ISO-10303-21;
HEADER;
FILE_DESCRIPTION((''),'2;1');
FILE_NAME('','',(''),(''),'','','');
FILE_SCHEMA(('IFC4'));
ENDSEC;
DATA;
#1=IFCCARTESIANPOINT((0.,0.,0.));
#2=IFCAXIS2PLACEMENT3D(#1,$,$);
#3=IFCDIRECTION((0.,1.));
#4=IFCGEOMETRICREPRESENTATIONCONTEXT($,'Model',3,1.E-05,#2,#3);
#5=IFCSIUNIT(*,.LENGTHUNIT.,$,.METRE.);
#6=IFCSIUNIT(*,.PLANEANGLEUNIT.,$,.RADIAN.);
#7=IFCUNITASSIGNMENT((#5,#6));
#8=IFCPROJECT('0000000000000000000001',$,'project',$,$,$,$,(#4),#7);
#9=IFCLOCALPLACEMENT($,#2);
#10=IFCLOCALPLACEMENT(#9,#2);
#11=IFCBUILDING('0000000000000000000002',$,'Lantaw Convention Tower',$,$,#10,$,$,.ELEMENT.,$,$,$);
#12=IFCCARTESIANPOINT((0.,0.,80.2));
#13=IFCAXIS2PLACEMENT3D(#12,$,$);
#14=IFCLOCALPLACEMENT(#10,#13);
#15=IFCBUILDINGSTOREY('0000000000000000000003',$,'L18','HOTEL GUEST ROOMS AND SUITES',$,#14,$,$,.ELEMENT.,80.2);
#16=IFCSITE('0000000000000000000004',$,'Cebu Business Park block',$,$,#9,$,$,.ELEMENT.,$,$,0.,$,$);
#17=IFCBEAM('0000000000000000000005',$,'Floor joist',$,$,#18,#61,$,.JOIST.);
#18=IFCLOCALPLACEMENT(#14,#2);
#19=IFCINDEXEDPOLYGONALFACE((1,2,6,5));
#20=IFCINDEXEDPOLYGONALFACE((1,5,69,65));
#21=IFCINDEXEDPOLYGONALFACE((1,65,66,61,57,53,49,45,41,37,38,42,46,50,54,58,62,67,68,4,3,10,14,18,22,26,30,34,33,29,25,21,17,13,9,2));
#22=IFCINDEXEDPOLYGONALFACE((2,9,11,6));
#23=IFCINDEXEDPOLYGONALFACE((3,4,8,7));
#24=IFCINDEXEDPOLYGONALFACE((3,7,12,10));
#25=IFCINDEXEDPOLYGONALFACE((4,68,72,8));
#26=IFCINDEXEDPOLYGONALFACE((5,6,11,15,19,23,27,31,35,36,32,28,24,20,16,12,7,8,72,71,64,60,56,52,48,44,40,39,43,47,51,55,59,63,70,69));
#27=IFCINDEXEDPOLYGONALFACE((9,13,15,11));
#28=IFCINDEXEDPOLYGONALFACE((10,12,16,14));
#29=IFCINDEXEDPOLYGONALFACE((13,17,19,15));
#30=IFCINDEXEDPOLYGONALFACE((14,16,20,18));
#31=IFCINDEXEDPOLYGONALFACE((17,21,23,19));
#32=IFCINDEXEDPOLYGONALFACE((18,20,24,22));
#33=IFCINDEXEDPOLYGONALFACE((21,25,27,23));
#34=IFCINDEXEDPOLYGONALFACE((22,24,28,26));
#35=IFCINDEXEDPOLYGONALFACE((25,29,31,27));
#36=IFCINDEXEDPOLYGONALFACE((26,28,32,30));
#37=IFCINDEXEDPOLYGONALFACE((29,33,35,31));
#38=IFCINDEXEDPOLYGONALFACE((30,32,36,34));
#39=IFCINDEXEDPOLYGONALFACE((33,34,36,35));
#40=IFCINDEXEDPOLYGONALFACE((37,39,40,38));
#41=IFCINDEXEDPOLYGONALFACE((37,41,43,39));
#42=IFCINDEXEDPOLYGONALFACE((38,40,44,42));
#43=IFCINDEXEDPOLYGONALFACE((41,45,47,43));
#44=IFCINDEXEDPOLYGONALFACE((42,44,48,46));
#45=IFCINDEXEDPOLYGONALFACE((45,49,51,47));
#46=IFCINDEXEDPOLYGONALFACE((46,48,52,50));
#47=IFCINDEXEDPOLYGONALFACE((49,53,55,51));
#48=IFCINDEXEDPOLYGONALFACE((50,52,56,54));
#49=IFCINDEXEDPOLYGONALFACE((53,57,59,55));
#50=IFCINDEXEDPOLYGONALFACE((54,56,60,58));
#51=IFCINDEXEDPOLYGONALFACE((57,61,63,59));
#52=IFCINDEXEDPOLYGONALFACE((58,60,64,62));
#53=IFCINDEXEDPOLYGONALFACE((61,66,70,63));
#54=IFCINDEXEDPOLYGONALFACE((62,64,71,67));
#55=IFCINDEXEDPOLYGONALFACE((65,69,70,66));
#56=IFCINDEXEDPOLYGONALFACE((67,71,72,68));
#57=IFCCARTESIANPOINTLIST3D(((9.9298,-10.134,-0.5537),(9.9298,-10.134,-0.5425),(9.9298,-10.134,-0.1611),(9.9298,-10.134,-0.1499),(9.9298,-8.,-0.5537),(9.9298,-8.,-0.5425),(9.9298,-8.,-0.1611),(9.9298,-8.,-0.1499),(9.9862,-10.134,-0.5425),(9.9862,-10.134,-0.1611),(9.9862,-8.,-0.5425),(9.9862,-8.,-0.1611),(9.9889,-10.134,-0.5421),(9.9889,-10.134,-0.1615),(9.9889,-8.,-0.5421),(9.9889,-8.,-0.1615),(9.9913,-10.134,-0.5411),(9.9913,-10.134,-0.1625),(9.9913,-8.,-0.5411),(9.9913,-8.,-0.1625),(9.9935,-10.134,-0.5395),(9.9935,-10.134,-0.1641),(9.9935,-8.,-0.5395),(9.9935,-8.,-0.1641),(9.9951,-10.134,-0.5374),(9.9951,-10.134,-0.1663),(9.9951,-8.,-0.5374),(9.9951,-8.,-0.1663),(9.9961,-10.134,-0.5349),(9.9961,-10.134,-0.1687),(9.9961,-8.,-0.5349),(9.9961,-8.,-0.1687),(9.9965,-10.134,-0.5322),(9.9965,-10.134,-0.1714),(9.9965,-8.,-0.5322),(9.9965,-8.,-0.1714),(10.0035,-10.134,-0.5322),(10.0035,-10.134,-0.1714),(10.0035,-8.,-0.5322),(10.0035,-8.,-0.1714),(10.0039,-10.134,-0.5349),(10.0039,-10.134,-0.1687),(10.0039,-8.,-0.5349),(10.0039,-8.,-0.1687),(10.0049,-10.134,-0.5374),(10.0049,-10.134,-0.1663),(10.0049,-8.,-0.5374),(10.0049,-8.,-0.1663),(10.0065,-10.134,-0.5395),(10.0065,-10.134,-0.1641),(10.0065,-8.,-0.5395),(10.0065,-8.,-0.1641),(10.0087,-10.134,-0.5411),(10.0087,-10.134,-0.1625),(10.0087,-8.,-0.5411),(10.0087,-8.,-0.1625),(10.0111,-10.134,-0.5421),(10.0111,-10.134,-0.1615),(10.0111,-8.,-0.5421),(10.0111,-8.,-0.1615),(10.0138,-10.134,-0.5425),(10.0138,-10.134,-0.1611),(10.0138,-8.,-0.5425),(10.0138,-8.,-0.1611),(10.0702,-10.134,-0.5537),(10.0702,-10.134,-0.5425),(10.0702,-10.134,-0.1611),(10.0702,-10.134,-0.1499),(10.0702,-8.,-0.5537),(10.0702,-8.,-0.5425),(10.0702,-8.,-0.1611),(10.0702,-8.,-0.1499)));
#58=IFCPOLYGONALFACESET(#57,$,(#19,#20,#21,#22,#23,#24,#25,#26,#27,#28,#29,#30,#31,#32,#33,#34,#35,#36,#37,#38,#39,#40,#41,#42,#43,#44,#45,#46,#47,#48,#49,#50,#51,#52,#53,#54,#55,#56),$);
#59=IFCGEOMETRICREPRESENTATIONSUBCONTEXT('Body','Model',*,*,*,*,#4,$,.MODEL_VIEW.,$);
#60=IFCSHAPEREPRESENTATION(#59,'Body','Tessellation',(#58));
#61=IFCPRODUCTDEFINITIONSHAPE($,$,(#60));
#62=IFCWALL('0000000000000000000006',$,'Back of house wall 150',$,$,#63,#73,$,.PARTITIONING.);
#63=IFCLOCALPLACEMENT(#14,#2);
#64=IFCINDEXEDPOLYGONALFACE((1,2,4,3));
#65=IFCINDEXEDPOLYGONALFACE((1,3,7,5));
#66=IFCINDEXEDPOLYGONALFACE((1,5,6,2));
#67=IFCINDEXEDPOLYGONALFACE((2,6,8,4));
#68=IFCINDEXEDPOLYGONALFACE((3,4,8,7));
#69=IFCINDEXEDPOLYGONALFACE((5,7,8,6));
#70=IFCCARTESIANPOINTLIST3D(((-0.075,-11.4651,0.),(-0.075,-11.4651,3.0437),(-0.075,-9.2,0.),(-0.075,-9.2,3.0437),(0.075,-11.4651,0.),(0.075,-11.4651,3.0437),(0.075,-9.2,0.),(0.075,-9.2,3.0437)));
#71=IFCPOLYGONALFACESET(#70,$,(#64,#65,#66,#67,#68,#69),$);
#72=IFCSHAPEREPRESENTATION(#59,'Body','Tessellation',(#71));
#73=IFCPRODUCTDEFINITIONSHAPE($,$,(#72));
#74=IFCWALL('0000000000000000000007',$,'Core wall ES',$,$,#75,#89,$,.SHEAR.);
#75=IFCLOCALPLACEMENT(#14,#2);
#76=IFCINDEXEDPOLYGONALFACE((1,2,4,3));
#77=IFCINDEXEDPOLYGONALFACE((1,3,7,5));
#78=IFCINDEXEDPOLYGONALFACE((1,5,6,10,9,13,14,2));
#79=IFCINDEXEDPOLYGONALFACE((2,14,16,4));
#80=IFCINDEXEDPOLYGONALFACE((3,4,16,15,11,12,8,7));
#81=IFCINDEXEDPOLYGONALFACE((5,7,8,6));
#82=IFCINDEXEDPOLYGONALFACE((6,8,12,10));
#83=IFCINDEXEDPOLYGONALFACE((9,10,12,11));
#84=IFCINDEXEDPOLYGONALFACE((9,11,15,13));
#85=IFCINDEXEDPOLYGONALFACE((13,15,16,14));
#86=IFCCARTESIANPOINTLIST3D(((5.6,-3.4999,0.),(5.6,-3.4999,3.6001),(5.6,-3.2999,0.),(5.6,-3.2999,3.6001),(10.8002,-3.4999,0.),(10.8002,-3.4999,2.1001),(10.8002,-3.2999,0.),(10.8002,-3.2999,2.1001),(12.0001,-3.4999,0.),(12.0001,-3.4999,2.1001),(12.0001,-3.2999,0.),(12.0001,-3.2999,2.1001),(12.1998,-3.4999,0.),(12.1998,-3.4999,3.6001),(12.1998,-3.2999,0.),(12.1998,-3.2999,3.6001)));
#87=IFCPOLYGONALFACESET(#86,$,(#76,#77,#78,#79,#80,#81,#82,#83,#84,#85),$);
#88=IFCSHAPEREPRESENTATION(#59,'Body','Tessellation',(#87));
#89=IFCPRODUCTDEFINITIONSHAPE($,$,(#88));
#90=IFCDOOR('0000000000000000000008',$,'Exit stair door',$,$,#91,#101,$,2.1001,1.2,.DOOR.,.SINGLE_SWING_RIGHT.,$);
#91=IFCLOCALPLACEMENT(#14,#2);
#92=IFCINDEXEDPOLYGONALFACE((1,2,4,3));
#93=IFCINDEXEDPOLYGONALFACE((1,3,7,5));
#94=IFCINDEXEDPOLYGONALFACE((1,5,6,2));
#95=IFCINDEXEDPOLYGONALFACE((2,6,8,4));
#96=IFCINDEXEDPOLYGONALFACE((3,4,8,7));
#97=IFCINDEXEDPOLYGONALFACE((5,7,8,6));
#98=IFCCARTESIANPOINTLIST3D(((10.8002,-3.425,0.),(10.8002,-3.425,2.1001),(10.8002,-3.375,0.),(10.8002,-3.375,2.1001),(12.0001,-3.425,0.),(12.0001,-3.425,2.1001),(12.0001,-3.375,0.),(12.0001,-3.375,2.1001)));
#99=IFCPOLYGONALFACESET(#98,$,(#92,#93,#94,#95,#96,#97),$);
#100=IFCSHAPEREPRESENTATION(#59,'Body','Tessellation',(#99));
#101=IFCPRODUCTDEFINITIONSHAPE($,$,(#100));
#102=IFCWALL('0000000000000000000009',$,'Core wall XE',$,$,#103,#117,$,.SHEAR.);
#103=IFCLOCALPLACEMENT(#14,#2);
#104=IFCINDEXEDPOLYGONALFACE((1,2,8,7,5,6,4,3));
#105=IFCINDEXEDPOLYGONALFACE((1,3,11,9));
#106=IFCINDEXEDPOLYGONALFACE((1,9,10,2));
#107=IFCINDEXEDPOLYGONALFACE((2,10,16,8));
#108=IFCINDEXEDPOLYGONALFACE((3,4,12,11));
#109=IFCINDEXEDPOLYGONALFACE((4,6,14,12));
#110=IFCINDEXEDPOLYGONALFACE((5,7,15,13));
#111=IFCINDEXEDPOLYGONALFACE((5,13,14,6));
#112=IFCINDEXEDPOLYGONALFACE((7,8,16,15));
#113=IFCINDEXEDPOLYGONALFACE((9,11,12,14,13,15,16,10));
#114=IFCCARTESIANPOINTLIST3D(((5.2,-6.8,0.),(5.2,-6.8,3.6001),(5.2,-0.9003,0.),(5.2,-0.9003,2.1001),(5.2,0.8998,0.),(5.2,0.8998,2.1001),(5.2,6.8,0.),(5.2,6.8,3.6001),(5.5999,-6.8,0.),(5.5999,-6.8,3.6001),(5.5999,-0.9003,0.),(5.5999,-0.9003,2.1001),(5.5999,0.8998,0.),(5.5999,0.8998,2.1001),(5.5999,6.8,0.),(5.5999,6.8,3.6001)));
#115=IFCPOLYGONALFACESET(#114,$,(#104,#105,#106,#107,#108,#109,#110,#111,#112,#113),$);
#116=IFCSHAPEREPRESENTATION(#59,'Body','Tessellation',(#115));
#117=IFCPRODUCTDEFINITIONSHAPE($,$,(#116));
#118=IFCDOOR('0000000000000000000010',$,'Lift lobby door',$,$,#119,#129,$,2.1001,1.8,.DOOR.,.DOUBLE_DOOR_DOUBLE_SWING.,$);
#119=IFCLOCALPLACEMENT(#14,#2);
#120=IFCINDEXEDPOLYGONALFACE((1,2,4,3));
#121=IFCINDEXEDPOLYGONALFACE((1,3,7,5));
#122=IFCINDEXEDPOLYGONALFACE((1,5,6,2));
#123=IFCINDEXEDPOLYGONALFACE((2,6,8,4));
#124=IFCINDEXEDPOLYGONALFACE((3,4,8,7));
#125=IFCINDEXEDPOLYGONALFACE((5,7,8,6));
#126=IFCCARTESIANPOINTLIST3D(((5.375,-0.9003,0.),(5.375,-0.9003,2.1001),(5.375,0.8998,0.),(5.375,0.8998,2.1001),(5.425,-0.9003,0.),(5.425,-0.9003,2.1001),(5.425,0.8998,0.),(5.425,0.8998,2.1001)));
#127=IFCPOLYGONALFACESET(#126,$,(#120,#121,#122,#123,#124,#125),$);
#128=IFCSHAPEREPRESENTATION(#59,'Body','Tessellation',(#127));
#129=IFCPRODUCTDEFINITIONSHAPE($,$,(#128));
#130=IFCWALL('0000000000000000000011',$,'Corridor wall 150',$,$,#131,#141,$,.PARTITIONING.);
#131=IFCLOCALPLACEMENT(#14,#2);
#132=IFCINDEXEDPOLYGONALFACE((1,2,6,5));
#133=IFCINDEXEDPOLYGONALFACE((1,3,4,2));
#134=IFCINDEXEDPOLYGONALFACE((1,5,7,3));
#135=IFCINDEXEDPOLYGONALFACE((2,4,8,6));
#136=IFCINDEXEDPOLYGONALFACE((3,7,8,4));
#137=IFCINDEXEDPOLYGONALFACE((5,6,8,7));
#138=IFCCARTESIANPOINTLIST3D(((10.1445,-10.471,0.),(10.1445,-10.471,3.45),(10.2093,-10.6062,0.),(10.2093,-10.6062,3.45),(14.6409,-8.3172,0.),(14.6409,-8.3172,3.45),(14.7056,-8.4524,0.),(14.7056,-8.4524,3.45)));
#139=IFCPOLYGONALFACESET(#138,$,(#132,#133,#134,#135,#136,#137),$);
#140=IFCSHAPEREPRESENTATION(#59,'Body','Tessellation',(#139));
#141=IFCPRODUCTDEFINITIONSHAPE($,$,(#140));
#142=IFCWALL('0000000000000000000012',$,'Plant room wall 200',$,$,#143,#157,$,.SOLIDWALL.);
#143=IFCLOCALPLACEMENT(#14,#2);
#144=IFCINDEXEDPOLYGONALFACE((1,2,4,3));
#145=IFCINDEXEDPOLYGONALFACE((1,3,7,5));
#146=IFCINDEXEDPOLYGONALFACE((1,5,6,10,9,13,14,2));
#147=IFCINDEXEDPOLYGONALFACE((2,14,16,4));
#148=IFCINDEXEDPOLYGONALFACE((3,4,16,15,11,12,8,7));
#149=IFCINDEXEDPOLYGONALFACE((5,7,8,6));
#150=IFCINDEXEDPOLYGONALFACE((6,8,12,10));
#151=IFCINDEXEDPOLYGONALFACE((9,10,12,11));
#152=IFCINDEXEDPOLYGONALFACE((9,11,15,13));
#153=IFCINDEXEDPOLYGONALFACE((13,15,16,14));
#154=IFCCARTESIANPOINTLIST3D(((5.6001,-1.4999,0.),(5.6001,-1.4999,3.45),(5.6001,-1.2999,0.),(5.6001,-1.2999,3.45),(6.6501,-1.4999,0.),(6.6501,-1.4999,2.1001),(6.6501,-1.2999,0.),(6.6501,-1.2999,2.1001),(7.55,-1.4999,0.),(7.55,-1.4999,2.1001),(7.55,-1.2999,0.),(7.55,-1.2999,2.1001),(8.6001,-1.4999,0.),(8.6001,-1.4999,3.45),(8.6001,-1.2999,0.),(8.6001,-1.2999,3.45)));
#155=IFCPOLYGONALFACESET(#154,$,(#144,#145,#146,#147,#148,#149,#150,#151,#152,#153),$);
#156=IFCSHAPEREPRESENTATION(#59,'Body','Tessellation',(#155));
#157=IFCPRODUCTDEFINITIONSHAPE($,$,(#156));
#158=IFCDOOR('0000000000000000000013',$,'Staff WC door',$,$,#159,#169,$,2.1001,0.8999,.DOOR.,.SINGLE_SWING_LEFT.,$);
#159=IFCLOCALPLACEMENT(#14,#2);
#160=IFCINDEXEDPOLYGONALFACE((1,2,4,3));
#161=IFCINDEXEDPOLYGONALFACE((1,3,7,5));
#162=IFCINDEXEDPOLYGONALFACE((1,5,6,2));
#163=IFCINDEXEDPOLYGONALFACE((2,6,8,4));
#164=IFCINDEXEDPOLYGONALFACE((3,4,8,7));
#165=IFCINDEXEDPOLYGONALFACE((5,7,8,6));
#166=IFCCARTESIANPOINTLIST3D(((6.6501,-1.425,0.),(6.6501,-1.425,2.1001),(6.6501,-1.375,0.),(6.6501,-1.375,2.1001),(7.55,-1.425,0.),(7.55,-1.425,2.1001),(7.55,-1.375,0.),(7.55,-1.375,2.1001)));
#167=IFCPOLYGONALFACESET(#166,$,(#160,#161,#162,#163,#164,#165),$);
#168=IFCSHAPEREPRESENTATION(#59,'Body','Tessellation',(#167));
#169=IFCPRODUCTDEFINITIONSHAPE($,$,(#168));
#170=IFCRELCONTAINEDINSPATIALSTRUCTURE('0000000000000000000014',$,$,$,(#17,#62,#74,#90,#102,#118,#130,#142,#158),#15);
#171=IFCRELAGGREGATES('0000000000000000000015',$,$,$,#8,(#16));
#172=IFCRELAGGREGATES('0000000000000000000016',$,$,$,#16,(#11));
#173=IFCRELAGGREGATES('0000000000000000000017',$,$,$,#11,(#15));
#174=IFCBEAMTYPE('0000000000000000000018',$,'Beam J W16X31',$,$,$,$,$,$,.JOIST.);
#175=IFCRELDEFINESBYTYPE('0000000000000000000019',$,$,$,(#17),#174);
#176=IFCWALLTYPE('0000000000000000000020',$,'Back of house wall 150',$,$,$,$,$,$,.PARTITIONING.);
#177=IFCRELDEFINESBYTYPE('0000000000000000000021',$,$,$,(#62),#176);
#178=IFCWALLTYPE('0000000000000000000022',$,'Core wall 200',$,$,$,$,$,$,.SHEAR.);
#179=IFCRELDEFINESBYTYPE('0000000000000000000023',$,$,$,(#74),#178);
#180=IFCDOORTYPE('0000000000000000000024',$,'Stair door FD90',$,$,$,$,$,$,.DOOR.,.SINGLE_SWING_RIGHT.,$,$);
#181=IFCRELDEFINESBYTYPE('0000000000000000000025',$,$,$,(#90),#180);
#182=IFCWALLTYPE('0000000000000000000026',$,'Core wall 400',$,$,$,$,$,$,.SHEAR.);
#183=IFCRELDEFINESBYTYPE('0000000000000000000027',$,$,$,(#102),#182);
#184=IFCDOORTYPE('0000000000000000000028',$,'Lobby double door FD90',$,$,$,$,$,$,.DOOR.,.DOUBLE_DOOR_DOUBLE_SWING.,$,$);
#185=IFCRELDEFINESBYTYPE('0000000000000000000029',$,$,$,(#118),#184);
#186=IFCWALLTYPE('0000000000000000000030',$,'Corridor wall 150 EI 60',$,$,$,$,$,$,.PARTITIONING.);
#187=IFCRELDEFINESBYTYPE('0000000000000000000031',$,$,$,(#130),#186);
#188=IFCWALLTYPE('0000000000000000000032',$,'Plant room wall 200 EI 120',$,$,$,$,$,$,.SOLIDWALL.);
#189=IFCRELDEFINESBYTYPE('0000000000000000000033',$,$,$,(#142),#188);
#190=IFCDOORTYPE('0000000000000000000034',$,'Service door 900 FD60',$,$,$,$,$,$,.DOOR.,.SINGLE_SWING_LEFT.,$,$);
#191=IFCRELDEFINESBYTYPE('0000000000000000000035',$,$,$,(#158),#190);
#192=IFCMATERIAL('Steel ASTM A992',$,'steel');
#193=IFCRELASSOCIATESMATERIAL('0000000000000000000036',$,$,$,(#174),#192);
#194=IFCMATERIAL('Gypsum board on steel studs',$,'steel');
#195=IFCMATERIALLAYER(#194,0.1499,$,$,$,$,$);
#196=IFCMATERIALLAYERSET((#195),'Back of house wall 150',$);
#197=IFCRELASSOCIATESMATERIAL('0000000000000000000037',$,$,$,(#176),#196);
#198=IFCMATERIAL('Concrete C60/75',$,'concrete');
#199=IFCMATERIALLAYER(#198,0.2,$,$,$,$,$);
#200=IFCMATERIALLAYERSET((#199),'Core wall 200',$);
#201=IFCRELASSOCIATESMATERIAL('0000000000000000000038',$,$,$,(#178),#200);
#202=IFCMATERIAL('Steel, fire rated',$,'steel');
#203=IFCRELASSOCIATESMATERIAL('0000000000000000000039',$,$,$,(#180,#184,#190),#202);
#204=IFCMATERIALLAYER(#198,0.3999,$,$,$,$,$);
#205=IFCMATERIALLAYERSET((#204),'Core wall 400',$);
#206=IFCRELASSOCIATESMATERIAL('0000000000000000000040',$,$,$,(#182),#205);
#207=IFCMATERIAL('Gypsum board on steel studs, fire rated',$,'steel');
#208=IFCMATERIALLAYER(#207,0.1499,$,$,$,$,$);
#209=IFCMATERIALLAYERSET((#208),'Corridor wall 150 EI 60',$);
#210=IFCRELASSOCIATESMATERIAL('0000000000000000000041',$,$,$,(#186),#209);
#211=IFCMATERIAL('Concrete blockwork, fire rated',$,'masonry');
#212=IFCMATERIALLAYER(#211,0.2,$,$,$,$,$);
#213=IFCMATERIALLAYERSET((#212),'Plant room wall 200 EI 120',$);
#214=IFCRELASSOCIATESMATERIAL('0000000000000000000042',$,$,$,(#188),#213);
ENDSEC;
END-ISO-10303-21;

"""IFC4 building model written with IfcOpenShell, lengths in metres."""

from ifc_helpers import new_model, si_unit, direction, frame, frame_2d, origin, origin_2d, place, context, subcontext, project, spatial, rectangle, i_section, extrude, material, layer, layer_set, material_profile, profile_set, type_object, element, fill, save


model = new_model("IFC4")

# Units and contexts
model_context = context("Model", 3, precision=1e-05, world=origin(), true_north=direction((0.0, 1.0)))
body_context = subcontext(model_context, "Body", "Model", "MODEL_VIEW")
ifc_project = project(units=[si_unit("LENGTHUNIT", "METRE"), si_unit("PLANEANGLEUNIT", "RADIAN")], contexts=[model_context])

# Site, building, storey
site_placement = place(None, origin())
site = spatial("IfcSite", under=ifc_project, at=site_placement, Name="Cebu Business Park block", CompositionType="ELEMENT", RefElevation=0.0)
building_placement = place(site_placement, origin())
building = spatial("IfcBuilding", under=site, at=building_placement, Name="Lantaw Convention Tower", CompositionType="ELEMENT")
storey_placement = place(building_placement, frame((0.0, 0.0, 80.2)))
storey = spatial("IfcBuildingStorey", under=building, at=storey_placement, Name="L18", Description="HOTEL GUEST ROOMS AND SUITES", CompositionType="ELEMENT", Elevation=80.2)

# Beam
ifc_material_1 = material(Name="Steel ASTM A992", Category="steel")
ifc_material_profile_1 = material_profile(ifc_material_1, i_section(OverallWidth=0.1404, OverallDepth=0.4038, WebThickness=0.0071, FlangeThickness=0.0112, FilletRadius=0.0103, at=origin_2d()), Name="W16X31")
ifc_profile_set_1 = profile_set([ifc_material_profile_1], Name="Steel ASTM A992")
beam_type_1 = type_object("IfcBeamType", Name="Beam J W16X31", PredefinedType="JOIST", material=ifc_profile_set_1)
beam_1_placement = place(storey_placement, frame((10.0, -10.134, -0.3518), z_axis=(0.0, 1.0, 0.0), x_axis=(-1.0, 0.0, 0.0)))
element("IfcBeam", 1, at=beam_1_placement, inside=storey, type_object=beam_type_1, Name="Floor joist", PredefinedType="JOIST", context=body_context, shape_type="SweptSolid", body=[
    extrude(i_section(OverallWidth=0.1404, OverallDepth=0.4038, WebThickness=0.0071, FlangeThickness=0.0112, FilletRadius=0.0103, at=origin_2d()), origin(), (0.0, 0.0, 1.0), 2.134),
])

# Wall
ifc_material_2 = material(Name="Gypsum board on steel studs", Category="steel")
ifc_layer_1 = layer(ifc_material_2, 0.1499)
ifc_layer_set_1 = layer_set([ifc_layer_1], Name="Back of house wall 150")
wall_type_1 = type_object("IfcWallType", Name="Back of house wall 150", PredefinedType="PARTITIONING", material=ifc_layer_set_1)
wall_1_placement = place(storey_placement, frame((0.0, -9.2, 0.0), z_axis=(0.0, 0.0, 1.0), x_axis=(0.0, -1.0, 0.0)))
element("IfcWall", 2, at=wall_1_placement, inside=storey, type_object=wall_type_1, Name="Back of house wall 150", PredefinedType="PARTITIONING", context=body_context, shape_type="SweptSolid", body=[
    extrude(rectangle(XDim=2.2651, YDim=0.1499, at=frame_2d((1.1326, 0.0))), origin(), (0.0, 0.0, 1.0), 3.0437),
])

# Walls, openings, doors
ifc_material_3 = material(Name="Concrete C60/75", Category="concrete")
ifc_layer_2 = layer(ifc_material_3, 0.2)
ifc_layer_set_2 = layer_set([ifc_layer_2], Name="Core wall 200")
wall_type_2 = type_object("IfcWallType", Name="Core wall 200", PredefinedType="SHEAR", material=ifc_layer_set_2)
wall_2_placement = place(storey_placement, frame((5.6001, -3.3999, 0.0), z_axis=(0.0, 0.0, 1.0), x_axis=(1.0, 0.0, 0.0)))
wall_2 = element("IfcWall", 3, at=wall_2_placement, inside=storey, type_object=wall_type_2, Name="Core wall ES", PredefinedType="SHEAR", context=body_context, shape_type="SweptSolid", body=[
    extrude(rectangle(XDim=6.5999, YDim=0.2, at=frame_2d((3.2998, 0.0))), origin(), (0.0, 0.0, 1.0), 3.6001),
])
opening_1_placement = place(wall_2_placement, frame((5.2, 0.0, 0.0)))
opening_1 = element("IfcOpeningElement", 4, at=opening_1_placement, cuts=wall_2, PredefinedType="OPENING", context=body_context, shape_type="SweptSolid", body=[
    extrude(rectangle(XDim=1.2, YDim=2.1001, at=frame_2d((0.6001, 1.05))), frame((0.0, 0.1099, 0.0), z_axis=(0.0, -1.0, 0.0), x_axis=(1.0, 0.0, 0.0)), (0.0, 0.0, 1.0), 0.22),
])
ifc_material_4 = material(Name="Steel, fire rated", Category="steel")
door_type_1 = type_object("IfcDoorType", Name="Stair door FD90", OperationType="SINGLE_SWING_RIGHT", PredefinedType="DOOR", material=ifc_material_4)
door_1_placement = place(opening_1_placement, origin())
door_1 = element("IfcDoor", 5, at=door_1_placement, inside=storey, type_object=door_type_1, Name="Exit stair door", OperationType="SINGLE_SWING_RIGHT", OverallHeight=2.1001, OverallWidth=1.2, PredefinedType="DOOR", context=body_context, shape_type="SweptSolid", body=[
    extrude(rectangle(XDim=1.2, YDim=2.1001, at=frame_2d((0.6001, 1.05))), frame((0.0, 0.0249, 0.0), z_axis=(0.0, -1.0, 0.0), x_axis=(1.0, 0.0, 0.0)), (0.0, 0.0, 1.0), 0.05),
])
fill(opening_1, door_1)
ifc_layer_3 = layer(ifc_material_3, 0.3999)
ifc_layer_set_3 = layer_set([ifc_layer_3], Name="Core wall 400")
wall_type_3 = type_object("IfcWallType", Name="Core wall 400", PredefinedType="SHEAR", material=ifc_layer_set_3)
wall_3_placement = place(storey_placement, frame((5.3999, -6.8, 0.0), z_axis=(0.0, 0.0, 1.0), x_axis=(0.0, 1.0, 0.0)))
wall_3 = element("IfcWall", 6, at=wall_3_placement, inside=storey, type_object=wall_type_3, Name="Core wall XE", PredefinedType="SHEAR", context=body_context, shape_type="SweptSolid", body=[
    extrude(rectangle(XDim=13.6001, YDim=0.3999, at=frame_2d((6.8, 0.0))), origin(), (0.0, 0.0, 1.0), 3.6001),
])
opening_2_placement = place(wall_3_placement, frame((5.8999, 0.0, 0.0)))
opening_2 = element("IfcOpeningElement", 7, at=opening_2_placement, cuts=wall_3, PredefinedType="OPENING", context=body_context, shape_type="SweptSolid", body=[
    extrude(rectangle(XDim=1.8, YDim=2.1001, at=frame_2d((0.8999, 1.05))), frame((0.0, 0.21, 0.0), z_axis=(0.0, -1.0, 0.0), x_axis=(1.0, 0.0, 0.0)), (0.0, 0.0, 1.0), 0.4199),
])
door_type_2 = type_object("IfcDoorType", Name="Lobby double door FD90", OperationType="DOUBLE_DOOR_DOUBLE_SWING", PredefinedType="DOOR", material=ifc_material_4)
door_2_placement = place(opening_2_placement, origin())
door_2 = element("IfcDoor", 8, at=door_2_placement, inside=storey, type_object=door_type_2, Name="Lift lobby door", OperationType="DOUBLE_DOOR_DOUBLE_SWING", OverallHeight=2.1001, OverallWidth=1.8, PredefinedType="DOOR", context=body_context, shape_type="SweptSolid", body=[
    extrude(rectangle(XDim=1.8, YDim=2.1001, at=frame_2d((0.8999, 1.05))), frame((0.0, 0.0249, 0.0), z_axis=(0.0, -1.0, 0.0), x_axis=(1.0, 0.0, 0.0)), (0.0, 0.0, 1.0), 0.05),
])
fill(opening_2, door_2)

# Wall
ifc_material_5 = material(Name="Gypsum board on steel studs, fire rated", Category="steel")
ifc_layer_4 = layer(ifc_material_5, 0.1499)
ifc_layer_set_4 = layer_set([ifc_layer_4], Name="Corridor wall 150 EI 60")
wall_type_4 = type_object("IfcWallType", Name="Corridor wall 150 EI 60", PredefinedType="PARTITIONING", material=ifc_layer_set_4)
wall_4_placement = place(storey_placement, frame((10.177, -10.5386, 0.0), z_axis=(0.0, 0.0, 1.0), x_axis=(0.90187, 0.432008, 0.0)))
element("IfcWall", 9, at=wall_4_placement, inside=storey, type_object=wall_type_4, Name="Corridor wall 150", PredefinedType="PARTITIONING", context=body_context, shape_type="SweptSolid", body=[
    extrude(rectangle(XDim=4.9856, YDim=0.1499, at=frame_2d((2.4927, 0.0))), origin(), (0.0, 0.0, 1.0), 3.45),
])

# Wall, opening, door
ifc_material_6 = material(Name="Concrete blockwork, fire rated", Category="masonry")
ifc_layer_5 = layer(ifc_material_6, 0.2)
ifc_layer_set_5 = layer_set([ifc_layer_5], Name="Plant room wall 200 EI 120")
wall_type_5 = type_object("IfcWallType", Name="Plant room wall 200 EI 120", PredefinedType="SOLIDWALL", material=ifc_layer_set_5)
wall_5_placement = place(storey_placement, frame((5.6001, -1.3999, 0.0), z_axis=(0.0, 0.0, 1.0), x_axis=(1.0, 0.0, 0.0)))
wall_5 = element("IfcWall", 10, at=wall_5_placement, inside=storey, type_object=wall_type_5, Name="Plant room wall 200", PredefinedType="SOLIDWALL", context=body_context, shape_type="SweptSolid", body=[
    extrude(rectangle(XDim=3.0, YDim=0.2, at=frame_2d((1.5, 0.0))), origin(), (0.0, 0.0, 1.0), 3.45),
])
opening_3_placement = place(wall_5_placement, frame((1.05, 0.0, 0.0)))
opening_3 = element("IfcOpeningElement", 11, at=opening_3_placement, cuts=wall_5, PredefinedType="OPENING", context=body_context, shape_type="SweptSolid", body=[
    extrude(rectangle(XDim=0.8999, YDim=2.1001, at=frame_2d((0.45, 1.05))), frame((0.0, 0.1099, 0.0), z_axis=(0.0, -1.0, 0.0), x_axis=(1.0, 0.0, 0.0)), (0.0, 0.0, 1.0), 0.22),
])
door_type_3 = type_object("IfcDoorType", Name="Service door 900 FD60", OperationType="SINGLE_SWING_LEFT", PredefinedType="DOOR", material=ifc_material_4)
door_3_placement = place(opening_3_placement, origin())
door_3 = element("IfcDoor", 12, at=door_3_placement, inside=storey, type_object=door_type_3, Name="Staff WC door", OperationType="SINGLE_SWING_LEFT", OverallHeight=2.1001, OverallWidth=0.8999, PredefinedType="DOOR", context=body_context, shape_type="SweptSolid", body=[
    extrude(rectangle(XDim=0.8999, YDim=2.1001, at=frame_2d((0.45, 1.05))), frame((0.0, 0.0249, 0.0), z_axis=(0.0, -1.0, 0.0), x_axis=(1.0, 0.0, 0.0)), (0.0, 0.0, 1.0), 0.05),
])
fill(opening_3, door_3)

save(model, "model.ifc")
